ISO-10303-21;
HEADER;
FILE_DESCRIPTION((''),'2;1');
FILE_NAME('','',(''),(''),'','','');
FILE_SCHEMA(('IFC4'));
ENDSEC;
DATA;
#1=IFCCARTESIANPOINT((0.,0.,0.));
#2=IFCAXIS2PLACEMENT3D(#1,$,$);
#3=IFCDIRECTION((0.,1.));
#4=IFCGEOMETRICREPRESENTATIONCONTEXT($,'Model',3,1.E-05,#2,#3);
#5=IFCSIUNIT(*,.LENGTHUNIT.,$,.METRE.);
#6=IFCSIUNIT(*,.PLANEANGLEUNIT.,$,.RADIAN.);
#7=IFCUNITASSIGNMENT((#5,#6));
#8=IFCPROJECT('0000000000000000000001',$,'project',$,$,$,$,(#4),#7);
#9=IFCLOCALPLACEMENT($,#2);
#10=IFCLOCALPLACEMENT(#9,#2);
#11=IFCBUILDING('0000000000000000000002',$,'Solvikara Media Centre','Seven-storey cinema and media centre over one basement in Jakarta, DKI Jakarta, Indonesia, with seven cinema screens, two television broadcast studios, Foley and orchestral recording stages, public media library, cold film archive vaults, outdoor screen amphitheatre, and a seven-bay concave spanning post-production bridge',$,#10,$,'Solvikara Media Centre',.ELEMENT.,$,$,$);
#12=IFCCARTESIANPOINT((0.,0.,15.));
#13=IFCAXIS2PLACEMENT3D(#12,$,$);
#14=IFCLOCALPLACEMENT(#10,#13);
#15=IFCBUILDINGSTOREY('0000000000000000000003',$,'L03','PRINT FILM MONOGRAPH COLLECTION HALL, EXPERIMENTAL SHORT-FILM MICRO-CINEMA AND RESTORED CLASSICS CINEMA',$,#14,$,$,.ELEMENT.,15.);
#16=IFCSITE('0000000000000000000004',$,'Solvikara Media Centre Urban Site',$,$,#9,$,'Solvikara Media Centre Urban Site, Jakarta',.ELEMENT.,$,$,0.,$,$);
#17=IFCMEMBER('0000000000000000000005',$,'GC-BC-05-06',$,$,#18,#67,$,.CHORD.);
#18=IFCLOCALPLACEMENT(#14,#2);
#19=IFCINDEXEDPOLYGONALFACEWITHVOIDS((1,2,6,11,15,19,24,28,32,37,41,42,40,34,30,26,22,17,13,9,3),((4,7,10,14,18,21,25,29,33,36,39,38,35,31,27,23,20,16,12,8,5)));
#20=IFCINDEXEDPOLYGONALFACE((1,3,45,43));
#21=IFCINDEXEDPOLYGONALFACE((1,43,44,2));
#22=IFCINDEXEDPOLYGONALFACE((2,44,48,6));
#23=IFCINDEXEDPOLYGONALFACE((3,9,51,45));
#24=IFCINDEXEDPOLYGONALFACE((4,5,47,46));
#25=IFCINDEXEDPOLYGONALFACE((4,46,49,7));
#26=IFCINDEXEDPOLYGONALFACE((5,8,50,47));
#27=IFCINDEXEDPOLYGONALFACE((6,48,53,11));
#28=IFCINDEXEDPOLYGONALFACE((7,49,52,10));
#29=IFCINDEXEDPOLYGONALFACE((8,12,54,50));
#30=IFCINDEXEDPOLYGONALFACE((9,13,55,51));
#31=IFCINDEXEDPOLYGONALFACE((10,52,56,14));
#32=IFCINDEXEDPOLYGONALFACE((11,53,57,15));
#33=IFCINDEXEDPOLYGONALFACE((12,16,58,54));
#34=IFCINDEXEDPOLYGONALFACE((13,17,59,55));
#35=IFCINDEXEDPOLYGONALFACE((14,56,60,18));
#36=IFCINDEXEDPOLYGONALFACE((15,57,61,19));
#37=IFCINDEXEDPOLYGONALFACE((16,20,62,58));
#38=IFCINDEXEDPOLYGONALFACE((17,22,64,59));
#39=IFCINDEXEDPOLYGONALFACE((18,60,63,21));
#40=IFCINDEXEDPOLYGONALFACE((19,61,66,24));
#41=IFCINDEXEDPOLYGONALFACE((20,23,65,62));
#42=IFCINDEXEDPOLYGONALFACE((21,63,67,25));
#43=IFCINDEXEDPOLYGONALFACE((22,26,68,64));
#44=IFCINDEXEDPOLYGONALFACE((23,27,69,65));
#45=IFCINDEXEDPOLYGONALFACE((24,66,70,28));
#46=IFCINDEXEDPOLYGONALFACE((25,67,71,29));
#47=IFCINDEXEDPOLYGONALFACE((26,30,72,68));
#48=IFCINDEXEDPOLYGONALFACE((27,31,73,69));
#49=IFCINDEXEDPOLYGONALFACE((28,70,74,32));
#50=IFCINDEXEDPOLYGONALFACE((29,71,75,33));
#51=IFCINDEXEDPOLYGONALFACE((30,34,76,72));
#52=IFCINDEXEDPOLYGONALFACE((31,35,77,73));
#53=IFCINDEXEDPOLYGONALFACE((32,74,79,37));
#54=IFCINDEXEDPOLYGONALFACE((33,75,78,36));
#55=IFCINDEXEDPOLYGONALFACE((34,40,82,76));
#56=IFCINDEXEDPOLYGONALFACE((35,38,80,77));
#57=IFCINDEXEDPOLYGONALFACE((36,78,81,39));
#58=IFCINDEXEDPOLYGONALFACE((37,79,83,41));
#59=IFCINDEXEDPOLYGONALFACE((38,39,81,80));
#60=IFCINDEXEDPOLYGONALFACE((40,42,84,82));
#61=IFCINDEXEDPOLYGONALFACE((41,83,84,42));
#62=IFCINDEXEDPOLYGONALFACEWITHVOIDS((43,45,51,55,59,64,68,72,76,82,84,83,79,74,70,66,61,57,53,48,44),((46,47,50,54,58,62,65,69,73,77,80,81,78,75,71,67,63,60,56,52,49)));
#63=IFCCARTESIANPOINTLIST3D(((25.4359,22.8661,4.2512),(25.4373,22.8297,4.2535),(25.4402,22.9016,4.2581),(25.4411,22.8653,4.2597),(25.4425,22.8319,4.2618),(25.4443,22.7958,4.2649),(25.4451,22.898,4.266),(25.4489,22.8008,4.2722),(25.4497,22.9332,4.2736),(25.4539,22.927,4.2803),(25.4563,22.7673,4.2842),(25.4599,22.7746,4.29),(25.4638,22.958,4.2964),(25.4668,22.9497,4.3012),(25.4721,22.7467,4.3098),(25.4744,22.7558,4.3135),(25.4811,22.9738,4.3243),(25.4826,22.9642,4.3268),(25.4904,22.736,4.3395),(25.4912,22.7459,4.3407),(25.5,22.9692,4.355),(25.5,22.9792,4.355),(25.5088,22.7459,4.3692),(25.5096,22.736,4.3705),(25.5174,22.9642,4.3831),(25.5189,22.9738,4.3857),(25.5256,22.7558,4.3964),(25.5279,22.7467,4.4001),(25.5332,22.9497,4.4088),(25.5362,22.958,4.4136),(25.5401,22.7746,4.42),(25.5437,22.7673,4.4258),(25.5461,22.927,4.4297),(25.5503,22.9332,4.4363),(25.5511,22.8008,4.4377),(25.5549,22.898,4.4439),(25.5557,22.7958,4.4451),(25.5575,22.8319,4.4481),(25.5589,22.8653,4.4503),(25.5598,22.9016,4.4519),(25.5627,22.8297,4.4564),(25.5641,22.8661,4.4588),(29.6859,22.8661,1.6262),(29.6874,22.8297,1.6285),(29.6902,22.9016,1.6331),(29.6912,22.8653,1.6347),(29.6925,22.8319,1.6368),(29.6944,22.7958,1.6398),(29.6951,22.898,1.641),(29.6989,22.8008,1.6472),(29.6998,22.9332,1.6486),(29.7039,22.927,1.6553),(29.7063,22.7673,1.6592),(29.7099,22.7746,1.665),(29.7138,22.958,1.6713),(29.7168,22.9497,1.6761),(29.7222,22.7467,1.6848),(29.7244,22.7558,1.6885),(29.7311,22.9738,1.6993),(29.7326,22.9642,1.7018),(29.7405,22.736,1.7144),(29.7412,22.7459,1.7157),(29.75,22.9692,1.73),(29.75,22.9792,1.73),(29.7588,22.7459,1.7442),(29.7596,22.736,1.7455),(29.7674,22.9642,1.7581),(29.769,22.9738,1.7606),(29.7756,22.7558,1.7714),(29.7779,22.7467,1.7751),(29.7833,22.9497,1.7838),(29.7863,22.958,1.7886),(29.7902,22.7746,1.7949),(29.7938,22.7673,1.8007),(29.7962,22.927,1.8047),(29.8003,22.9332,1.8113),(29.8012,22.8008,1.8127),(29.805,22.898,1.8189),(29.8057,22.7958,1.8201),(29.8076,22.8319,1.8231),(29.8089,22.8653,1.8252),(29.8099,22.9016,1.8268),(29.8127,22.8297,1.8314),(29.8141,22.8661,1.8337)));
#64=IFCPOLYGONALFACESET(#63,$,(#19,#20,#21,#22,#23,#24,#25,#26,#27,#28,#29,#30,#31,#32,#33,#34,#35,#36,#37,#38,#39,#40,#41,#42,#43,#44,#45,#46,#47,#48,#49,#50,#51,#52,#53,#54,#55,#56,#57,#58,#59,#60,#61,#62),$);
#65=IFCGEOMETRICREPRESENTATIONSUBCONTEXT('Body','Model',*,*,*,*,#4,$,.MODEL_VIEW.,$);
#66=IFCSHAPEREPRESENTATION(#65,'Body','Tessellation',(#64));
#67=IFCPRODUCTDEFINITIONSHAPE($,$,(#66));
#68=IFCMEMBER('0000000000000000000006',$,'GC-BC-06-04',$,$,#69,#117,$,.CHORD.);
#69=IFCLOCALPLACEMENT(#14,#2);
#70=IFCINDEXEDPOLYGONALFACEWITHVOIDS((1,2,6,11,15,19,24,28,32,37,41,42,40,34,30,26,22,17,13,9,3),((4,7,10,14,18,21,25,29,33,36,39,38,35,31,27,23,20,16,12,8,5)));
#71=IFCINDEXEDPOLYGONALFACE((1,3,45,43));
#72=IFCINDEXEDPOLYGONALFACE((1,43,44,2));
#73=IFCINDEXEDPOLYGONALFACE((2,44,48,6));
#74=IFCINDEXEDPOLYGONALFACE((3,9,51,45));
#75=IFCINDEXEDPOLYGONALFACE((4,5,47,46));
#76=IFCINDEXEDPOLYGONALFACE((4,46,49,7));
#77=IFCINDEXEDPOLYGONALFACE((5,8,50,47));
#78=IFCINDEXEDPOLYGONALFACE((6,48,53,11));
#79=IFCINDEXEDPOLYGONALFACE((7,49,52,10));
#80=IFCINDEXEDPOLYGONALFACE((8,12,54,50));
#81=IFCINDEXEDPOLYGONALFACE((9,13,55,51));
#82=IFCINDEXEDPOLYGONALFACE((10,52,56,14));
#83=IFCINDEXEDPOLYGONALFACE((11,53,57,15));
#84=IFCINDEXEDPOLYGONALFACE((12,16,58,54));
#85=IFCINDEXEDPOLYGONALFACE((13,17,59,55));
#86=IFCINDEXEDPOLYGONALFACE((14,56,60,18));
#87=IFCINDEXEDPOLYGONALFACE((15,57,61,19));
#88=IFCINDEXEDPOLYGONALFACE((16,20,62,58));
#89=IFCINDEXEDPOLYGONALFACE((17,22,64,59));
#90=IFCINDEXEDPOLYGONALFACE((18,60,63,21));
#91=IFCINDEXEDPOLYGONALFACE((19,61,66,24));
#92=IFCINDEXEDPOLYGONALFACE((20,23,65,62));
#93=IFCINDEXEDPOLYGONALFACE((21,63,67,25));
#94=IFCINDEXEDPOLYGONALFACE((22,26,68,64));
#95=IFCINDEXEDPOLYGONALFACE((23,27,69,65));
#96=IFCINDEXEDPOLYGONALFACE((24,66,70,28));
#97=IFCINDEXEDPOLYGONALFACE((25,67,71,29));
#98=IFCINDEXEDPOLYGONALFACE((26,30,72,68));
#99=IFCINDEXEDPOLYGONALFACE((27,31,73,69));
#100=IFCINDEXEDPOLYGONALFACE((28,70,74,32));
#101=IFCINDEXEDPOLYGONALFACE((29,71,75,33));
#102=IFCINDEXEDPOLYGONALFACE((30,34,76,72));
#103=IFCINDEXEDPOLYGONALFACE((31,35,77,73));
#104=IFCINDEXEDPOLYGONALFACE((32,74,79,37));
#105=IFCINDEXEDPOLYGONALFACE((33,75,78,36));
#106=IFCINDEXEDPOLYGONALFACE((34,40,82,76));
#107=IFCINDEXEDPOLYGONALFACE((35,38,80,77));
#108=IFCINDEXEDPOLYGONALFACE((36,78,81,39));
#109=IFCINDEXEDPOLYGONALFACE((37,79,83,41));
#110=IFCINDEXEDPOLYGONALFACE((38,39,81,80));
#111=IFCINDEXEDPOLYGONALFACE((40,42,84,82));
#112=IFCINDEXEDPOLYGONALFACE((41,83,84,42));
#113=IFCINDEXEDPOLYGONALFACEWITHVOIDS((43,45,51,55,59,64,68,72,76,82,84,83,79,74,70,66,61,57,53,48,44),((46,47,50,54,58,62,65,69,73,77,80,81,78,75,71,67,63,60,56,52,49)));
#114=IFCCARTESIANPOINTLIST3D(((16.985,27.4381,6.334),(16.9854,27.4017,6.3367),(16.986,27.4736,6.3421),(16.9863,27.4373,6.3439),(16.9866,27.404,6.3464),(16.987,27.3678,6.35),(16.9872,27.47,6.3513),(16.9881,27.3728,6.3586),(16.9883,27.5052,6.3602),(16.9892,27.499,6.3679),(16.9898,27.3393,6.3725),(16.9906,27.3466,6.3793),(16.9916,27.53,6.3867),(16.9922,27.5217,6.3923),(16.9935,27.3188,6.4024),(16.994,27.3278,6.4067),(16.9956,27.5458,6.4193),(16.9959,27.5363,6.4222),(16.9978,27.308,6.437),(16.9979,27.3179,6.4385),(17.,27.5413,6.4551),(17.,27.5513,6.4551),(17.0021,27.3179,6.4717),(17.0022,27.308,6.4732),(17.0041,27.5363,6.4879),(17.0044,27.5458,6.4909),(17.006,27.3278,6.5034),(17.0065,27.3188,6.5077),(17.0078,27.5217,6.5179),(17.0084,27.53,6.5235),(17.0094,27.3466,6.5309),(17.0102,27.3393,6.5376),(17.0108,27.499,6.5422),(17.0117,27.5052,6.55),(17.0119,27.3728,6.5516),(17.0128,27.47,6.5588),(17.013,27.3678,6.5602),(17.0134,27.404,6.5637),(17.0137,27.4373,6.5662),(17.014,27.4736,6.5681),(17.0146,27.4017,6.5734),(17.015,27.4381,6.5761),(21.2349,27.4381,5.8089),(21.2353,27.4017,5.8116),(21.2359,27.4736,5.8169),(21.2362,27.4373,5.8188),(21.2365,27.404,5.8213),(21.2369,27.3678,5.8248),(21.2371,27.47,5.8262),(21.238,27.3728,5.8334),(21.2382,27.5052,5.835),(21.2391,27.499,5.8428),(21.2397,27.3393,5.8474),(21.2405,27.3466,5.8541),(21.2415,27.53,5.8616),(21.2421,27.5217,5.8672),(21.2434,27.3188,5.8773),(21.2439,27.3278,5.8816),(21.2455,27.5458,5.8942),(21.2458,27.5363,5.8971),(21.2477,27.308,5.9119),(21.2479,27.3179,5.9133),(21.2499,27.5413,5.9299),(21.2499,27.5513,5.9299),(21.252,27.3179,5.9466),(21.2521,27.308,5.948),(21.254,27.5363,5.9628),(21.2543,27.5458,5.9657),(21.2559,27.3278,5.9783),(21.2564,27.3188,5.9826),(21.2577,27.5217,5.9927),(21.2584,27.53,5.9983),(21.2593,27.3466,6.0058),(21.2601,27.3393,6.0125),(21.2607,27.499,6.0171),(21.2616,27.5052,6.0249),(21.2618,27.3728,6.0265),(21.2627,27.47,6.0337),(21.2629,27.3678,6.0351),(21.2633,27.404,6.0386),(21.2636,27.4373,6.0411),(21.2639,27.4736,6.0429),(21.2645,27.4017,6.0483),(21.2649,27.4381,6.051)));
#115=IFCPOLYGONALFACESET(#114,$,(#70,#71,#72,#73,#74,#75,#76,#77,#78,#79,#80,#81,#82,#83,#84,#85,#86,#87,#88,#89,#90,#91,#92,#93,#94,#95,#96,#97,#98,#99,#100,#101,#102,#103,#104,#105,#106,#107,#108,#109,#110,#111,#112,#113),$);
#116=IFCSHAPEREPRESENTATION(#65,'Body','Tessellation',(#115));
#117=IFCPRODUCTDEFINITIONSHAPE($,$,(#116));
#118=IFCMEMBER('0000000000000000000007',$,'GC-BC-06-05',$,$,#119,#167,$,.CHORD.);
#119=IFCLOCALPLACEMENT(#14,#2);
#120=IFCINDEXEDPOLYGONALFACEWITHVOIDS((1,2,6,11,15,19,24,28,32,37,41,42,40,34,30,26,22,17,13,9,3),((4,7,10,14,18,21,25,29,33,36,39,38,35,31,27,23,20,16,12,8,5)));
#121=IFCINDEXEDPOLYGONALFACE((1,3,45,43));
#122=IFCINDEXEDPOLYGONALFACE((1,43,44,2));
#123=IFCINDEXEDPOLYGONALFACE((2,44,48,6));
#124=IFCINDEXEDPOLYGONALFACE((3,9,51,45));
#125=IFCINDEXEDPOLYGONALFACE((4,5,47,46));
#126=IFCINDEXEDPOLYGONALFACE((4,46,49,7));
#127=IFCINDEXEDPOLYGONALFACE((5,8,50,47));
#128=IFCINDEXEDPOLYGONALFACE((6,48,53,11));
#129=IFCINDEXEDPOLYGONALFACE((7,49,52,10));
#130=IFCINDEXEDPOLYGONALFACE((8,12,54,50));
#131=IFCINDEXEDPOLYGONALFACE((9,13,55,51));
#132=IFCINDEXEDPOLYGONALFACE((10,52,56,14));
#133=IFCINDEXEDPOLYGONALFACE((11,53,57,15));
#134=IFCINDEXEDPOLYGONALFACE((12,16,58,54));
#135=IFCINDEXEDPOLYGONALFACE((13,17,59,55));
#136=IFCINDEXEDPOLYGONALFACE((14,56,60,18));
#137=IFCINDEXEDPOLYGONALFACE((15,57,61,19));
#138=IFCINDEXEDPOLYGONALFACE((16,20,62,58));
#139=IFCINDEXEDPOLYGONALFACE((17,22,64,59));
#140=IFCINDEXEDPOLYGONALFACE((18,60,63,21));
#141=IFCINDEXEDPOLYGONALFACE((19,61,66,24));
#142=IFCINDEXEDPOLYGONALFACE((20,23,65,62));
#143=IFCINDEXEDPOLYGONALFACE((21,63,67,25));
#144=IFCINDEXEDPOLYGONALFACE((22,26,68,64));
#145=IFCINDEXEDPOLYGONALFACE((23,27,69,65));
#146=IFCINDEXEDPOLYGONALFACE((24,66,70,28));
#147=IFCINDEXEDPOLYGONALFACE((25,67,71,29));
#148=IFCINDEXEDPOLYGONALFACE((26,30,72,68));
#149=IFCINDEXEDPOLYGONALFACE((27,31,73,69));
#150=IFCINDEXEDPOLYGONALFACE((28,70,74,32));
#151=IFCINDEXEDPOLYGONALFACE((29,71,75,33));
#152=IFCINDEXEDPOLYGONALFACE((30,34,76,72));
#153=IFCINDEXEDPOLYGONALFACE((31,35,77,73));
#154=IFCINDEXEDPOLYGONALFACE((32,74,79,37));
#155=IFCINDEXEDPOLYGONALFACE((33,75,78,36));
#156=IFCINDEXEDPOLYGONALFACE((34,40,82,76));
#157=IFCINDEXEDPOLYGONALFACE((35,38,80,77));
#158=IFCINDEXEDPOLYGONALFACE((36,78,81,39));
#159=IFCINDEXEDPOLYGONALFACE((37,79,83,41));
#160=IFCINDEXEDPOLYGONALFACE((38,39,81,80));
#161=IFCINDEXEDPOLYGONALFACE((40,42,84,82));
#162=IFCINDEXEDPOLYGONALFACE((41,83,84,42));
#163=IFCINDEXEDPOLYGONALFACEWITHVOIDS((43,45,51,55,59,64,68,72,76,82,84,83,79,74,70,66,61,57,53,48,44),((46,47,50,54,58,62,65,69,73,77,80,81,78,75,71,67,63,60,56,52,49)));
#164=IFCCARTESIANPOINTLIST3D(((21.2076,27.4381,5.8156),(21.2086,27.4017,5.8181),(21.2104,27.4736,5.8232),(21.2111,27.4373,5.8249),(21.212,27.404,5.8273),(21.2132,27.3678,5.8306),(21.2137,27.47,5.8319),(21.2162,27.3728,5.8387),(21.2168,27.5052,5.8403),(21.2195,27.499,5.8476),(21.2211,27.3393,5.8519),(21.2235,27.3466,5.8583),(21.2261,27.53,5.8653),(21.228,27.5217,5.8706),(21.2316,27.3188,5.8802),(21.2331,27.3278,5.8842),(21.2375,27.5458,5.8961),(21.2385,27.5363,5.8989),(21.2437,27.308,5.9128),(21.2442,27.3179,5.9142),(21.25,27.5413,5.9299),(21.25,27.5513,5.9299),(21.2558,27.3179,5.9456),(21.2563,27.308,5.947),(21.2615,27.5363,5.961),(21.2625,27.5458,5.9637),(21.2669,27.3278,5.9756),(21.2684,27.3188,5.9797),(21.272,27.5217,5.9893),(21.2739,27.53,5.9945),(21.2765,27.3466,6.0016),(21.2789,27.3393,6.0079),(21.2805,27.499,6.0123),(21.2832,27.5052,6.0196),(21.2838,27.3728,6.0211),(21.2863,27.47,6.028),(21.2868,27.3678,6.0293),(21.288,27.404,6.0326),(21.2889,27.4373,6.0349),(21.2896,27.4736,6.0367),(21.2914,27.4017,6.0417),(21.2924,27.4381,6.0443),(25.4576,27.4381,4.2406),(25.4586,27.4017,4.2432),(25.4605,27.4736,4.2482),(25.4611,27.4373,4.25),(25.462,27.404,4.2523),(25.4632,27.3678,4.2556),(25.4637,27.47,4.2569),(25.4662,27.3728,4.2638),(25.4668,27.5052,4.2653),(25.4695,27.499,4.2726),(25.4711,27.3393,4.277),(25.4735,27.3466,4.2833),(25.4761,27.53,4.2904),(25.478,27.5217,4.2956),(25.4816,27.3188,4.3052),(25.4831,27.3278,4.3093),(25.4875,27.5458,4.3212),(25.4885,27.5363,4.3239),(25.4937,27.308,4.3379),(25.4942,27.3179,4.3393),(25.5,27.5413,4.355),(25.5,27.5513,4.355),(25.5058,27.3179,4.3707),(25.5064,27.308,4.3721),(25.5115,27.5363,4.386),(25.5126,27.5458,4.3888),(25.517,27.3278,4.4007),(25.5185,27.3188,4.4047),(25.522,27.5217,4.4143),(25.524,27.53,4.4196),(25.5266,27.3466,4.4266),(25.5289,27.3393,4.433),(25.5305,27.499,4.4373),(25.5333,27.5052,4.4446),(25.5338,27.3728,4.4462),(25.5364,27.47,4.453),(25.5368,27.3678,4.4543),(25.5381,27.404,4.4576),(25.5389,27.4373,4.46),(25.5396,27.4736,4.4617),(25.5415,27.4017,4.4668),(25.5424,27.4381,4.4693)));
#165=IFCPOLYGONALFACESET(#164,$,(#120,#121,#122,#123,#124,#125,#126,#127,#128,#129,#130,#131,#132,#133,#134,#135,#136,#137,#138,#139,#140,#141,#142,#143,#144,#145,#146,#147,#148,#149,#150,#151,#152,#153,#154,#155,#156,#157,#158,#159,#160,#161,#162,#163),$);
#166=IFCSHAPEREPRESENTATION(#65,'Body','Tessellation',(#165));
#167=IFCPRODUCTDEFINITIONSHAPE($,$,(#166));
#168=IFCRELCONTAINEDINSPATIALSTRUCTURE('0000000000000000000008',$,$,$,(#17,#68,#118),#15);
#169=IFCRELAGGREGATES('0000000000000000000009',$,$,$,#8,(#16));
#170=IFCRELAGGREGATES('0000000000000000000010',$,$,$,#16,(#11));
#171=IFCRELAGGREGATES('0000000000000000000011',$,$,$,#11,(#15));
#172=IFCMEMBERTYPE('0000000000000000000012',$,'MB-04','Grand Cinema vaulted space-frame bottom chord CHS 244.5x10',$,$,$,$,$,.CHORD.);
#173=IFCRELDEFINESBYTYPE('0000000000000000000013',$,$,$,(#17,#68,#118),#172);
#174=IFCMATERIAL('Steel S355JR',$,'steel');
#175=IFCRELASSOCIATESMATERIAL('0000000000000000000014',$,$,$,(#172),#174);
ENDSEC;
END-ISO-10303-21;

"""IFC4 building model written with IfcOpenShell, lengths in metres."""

from ifc_helpers import new_model, si_unit, direction, frame, origin, origin_2d, place, context, subcontext, project, spatial, hollow_circle, extrude, material, material_profile, profile_set, type_object, element, save


model = new_model("IFC4")

# Units and contexts
model_context = context("Model", 3, precision=1e-05, world=origin(), true_north=direction((0.0, 1.0)))
body_context = subcontext(model_context, "Body", "Model", "MODEL_VIEW")
ifc_project = project(units=[si_unit("LENGTHUNIT", "METRE"), si_unit("PLANEANGLEUNIT", "RADIAN")], contexts=[model_context])

# Site, building, storey
site_placement = place(None, origin())
site = spatial("IfcSite", under=ifc_project, at=site_placement, Name="Solvikara Media Centre Urban Site", LongName="Solvikara Media Centre Urban Site, Jakarta", CompositionType="ELEMENT", RefElevation=0.0)
building_placement = place(site_placement, origin())
building = spatial("IfcBuilding", under=site, at=building_placement, Name="Solvikara Media Centre", Description="Seven-storey cinema and media centre over one basement in Jakarta, DKI Jakarta, Indonesia, with seven cinema screens, two television broadcast studios, Foley and orchestral recording stages, public media library, cold film archive vaults, outdoor screen amphitheatre, and a seven-bay concave spanning post-production bridge", LongName="Solvikara Media Centre", CompositionType="ELEMENT")
storey_placement = place(building_placement, frame((0.0, 0.0, 15.0)))
storey = spatial("IfcBuildingStorey", under=building, at=storey_placement, Name="L03", Description="PRINT FILM MONOGRAPH COLLECTION HALL, EXPERIMENTAL SHORT-FILM MICRO-CINEMA AND RESTORED CLASSICS CINEMA", CompositionType="ELEMENT", Elevation=15.0)

# Members
ifc_material_1 = material(Name="Steel S355JR", Category="steel")
ifc_material_profile_1 = material_profile(ifc_material_1, hollow_circle(Radius=0.1223, WallThickness=0.01, at=origin_2d()), Name="CHS 244.5x10")
ifc_profile_set_1 = profile_set([ifc_material_profile_1], Name="Steel S355JR")
member_type_1 = type_object("IfcMemberType", Name="MB-04", Description="Grand Cinema vaulted space-frame bottom chord CHS 244.5x10", PredefinedType="CHORD", material=ifc_profile_set_1)
member_1_placement = place(storey_placement, frame((25.5, 22.8569, 4.355), z_axis=(0.850798, 0.0, -0.525493), x_axis=(0.0, 1.0, 0.0)))
element("IfcMember", 1, at=member_1_placement, inside=storey, type_object=member_type_1, Name="GC-BC-05-06", PredefinedType="CHORD", context=body_context, shape_type="SweptSolid", body=[
    extrude(hollow_circle(Radius=0.1223, WallThickness=0.01, at=origin_2d()), origin(), (0.0, 0.0, 1.0), 4.9954),
])
member_2_placement = place(storey_placement, frame((17.0, 27.429, 6.4551), z_axis=(0.992452, 0.0, -0.122631), x_axis=(0.0, 1.0, 0.0)))
element("IfcMember", 2, at=member_2_placement, inside=storey, type_object=member_type_1, Name="GC-BC-06-04", PredefinedType="CHORD", context=body_context, shape_type="SweptSolid", body=[
    extrude(hollow_circle(Radius=0.1223, WallThickness=0.01, at=origin_2d()), origin(), (0.0, 0.0, 1.0), 4.2822),
])
member_3_placement = place(storey_placement, frame((21.25, 27.429, 5.9299), z_axis=(0.937686, 0.0, -0.347485), x_axis=(0.0, 1.0, 0.0)))
element("IfcMember", 3, at=member_3_placement, inside=storey, type_object=member_type_1, Name="GC-BC-06-05", PredefinedType="CHORD", context=body_context, shape_type="SweptSolid", body=[
    extrude(hollow_circle(Radius=0.1223, WallThickness=0.01, at=origin_2d()), origin(), (0.0, 0.0, 1.0), 4.5325),
])

save(model, "model.ifc")
